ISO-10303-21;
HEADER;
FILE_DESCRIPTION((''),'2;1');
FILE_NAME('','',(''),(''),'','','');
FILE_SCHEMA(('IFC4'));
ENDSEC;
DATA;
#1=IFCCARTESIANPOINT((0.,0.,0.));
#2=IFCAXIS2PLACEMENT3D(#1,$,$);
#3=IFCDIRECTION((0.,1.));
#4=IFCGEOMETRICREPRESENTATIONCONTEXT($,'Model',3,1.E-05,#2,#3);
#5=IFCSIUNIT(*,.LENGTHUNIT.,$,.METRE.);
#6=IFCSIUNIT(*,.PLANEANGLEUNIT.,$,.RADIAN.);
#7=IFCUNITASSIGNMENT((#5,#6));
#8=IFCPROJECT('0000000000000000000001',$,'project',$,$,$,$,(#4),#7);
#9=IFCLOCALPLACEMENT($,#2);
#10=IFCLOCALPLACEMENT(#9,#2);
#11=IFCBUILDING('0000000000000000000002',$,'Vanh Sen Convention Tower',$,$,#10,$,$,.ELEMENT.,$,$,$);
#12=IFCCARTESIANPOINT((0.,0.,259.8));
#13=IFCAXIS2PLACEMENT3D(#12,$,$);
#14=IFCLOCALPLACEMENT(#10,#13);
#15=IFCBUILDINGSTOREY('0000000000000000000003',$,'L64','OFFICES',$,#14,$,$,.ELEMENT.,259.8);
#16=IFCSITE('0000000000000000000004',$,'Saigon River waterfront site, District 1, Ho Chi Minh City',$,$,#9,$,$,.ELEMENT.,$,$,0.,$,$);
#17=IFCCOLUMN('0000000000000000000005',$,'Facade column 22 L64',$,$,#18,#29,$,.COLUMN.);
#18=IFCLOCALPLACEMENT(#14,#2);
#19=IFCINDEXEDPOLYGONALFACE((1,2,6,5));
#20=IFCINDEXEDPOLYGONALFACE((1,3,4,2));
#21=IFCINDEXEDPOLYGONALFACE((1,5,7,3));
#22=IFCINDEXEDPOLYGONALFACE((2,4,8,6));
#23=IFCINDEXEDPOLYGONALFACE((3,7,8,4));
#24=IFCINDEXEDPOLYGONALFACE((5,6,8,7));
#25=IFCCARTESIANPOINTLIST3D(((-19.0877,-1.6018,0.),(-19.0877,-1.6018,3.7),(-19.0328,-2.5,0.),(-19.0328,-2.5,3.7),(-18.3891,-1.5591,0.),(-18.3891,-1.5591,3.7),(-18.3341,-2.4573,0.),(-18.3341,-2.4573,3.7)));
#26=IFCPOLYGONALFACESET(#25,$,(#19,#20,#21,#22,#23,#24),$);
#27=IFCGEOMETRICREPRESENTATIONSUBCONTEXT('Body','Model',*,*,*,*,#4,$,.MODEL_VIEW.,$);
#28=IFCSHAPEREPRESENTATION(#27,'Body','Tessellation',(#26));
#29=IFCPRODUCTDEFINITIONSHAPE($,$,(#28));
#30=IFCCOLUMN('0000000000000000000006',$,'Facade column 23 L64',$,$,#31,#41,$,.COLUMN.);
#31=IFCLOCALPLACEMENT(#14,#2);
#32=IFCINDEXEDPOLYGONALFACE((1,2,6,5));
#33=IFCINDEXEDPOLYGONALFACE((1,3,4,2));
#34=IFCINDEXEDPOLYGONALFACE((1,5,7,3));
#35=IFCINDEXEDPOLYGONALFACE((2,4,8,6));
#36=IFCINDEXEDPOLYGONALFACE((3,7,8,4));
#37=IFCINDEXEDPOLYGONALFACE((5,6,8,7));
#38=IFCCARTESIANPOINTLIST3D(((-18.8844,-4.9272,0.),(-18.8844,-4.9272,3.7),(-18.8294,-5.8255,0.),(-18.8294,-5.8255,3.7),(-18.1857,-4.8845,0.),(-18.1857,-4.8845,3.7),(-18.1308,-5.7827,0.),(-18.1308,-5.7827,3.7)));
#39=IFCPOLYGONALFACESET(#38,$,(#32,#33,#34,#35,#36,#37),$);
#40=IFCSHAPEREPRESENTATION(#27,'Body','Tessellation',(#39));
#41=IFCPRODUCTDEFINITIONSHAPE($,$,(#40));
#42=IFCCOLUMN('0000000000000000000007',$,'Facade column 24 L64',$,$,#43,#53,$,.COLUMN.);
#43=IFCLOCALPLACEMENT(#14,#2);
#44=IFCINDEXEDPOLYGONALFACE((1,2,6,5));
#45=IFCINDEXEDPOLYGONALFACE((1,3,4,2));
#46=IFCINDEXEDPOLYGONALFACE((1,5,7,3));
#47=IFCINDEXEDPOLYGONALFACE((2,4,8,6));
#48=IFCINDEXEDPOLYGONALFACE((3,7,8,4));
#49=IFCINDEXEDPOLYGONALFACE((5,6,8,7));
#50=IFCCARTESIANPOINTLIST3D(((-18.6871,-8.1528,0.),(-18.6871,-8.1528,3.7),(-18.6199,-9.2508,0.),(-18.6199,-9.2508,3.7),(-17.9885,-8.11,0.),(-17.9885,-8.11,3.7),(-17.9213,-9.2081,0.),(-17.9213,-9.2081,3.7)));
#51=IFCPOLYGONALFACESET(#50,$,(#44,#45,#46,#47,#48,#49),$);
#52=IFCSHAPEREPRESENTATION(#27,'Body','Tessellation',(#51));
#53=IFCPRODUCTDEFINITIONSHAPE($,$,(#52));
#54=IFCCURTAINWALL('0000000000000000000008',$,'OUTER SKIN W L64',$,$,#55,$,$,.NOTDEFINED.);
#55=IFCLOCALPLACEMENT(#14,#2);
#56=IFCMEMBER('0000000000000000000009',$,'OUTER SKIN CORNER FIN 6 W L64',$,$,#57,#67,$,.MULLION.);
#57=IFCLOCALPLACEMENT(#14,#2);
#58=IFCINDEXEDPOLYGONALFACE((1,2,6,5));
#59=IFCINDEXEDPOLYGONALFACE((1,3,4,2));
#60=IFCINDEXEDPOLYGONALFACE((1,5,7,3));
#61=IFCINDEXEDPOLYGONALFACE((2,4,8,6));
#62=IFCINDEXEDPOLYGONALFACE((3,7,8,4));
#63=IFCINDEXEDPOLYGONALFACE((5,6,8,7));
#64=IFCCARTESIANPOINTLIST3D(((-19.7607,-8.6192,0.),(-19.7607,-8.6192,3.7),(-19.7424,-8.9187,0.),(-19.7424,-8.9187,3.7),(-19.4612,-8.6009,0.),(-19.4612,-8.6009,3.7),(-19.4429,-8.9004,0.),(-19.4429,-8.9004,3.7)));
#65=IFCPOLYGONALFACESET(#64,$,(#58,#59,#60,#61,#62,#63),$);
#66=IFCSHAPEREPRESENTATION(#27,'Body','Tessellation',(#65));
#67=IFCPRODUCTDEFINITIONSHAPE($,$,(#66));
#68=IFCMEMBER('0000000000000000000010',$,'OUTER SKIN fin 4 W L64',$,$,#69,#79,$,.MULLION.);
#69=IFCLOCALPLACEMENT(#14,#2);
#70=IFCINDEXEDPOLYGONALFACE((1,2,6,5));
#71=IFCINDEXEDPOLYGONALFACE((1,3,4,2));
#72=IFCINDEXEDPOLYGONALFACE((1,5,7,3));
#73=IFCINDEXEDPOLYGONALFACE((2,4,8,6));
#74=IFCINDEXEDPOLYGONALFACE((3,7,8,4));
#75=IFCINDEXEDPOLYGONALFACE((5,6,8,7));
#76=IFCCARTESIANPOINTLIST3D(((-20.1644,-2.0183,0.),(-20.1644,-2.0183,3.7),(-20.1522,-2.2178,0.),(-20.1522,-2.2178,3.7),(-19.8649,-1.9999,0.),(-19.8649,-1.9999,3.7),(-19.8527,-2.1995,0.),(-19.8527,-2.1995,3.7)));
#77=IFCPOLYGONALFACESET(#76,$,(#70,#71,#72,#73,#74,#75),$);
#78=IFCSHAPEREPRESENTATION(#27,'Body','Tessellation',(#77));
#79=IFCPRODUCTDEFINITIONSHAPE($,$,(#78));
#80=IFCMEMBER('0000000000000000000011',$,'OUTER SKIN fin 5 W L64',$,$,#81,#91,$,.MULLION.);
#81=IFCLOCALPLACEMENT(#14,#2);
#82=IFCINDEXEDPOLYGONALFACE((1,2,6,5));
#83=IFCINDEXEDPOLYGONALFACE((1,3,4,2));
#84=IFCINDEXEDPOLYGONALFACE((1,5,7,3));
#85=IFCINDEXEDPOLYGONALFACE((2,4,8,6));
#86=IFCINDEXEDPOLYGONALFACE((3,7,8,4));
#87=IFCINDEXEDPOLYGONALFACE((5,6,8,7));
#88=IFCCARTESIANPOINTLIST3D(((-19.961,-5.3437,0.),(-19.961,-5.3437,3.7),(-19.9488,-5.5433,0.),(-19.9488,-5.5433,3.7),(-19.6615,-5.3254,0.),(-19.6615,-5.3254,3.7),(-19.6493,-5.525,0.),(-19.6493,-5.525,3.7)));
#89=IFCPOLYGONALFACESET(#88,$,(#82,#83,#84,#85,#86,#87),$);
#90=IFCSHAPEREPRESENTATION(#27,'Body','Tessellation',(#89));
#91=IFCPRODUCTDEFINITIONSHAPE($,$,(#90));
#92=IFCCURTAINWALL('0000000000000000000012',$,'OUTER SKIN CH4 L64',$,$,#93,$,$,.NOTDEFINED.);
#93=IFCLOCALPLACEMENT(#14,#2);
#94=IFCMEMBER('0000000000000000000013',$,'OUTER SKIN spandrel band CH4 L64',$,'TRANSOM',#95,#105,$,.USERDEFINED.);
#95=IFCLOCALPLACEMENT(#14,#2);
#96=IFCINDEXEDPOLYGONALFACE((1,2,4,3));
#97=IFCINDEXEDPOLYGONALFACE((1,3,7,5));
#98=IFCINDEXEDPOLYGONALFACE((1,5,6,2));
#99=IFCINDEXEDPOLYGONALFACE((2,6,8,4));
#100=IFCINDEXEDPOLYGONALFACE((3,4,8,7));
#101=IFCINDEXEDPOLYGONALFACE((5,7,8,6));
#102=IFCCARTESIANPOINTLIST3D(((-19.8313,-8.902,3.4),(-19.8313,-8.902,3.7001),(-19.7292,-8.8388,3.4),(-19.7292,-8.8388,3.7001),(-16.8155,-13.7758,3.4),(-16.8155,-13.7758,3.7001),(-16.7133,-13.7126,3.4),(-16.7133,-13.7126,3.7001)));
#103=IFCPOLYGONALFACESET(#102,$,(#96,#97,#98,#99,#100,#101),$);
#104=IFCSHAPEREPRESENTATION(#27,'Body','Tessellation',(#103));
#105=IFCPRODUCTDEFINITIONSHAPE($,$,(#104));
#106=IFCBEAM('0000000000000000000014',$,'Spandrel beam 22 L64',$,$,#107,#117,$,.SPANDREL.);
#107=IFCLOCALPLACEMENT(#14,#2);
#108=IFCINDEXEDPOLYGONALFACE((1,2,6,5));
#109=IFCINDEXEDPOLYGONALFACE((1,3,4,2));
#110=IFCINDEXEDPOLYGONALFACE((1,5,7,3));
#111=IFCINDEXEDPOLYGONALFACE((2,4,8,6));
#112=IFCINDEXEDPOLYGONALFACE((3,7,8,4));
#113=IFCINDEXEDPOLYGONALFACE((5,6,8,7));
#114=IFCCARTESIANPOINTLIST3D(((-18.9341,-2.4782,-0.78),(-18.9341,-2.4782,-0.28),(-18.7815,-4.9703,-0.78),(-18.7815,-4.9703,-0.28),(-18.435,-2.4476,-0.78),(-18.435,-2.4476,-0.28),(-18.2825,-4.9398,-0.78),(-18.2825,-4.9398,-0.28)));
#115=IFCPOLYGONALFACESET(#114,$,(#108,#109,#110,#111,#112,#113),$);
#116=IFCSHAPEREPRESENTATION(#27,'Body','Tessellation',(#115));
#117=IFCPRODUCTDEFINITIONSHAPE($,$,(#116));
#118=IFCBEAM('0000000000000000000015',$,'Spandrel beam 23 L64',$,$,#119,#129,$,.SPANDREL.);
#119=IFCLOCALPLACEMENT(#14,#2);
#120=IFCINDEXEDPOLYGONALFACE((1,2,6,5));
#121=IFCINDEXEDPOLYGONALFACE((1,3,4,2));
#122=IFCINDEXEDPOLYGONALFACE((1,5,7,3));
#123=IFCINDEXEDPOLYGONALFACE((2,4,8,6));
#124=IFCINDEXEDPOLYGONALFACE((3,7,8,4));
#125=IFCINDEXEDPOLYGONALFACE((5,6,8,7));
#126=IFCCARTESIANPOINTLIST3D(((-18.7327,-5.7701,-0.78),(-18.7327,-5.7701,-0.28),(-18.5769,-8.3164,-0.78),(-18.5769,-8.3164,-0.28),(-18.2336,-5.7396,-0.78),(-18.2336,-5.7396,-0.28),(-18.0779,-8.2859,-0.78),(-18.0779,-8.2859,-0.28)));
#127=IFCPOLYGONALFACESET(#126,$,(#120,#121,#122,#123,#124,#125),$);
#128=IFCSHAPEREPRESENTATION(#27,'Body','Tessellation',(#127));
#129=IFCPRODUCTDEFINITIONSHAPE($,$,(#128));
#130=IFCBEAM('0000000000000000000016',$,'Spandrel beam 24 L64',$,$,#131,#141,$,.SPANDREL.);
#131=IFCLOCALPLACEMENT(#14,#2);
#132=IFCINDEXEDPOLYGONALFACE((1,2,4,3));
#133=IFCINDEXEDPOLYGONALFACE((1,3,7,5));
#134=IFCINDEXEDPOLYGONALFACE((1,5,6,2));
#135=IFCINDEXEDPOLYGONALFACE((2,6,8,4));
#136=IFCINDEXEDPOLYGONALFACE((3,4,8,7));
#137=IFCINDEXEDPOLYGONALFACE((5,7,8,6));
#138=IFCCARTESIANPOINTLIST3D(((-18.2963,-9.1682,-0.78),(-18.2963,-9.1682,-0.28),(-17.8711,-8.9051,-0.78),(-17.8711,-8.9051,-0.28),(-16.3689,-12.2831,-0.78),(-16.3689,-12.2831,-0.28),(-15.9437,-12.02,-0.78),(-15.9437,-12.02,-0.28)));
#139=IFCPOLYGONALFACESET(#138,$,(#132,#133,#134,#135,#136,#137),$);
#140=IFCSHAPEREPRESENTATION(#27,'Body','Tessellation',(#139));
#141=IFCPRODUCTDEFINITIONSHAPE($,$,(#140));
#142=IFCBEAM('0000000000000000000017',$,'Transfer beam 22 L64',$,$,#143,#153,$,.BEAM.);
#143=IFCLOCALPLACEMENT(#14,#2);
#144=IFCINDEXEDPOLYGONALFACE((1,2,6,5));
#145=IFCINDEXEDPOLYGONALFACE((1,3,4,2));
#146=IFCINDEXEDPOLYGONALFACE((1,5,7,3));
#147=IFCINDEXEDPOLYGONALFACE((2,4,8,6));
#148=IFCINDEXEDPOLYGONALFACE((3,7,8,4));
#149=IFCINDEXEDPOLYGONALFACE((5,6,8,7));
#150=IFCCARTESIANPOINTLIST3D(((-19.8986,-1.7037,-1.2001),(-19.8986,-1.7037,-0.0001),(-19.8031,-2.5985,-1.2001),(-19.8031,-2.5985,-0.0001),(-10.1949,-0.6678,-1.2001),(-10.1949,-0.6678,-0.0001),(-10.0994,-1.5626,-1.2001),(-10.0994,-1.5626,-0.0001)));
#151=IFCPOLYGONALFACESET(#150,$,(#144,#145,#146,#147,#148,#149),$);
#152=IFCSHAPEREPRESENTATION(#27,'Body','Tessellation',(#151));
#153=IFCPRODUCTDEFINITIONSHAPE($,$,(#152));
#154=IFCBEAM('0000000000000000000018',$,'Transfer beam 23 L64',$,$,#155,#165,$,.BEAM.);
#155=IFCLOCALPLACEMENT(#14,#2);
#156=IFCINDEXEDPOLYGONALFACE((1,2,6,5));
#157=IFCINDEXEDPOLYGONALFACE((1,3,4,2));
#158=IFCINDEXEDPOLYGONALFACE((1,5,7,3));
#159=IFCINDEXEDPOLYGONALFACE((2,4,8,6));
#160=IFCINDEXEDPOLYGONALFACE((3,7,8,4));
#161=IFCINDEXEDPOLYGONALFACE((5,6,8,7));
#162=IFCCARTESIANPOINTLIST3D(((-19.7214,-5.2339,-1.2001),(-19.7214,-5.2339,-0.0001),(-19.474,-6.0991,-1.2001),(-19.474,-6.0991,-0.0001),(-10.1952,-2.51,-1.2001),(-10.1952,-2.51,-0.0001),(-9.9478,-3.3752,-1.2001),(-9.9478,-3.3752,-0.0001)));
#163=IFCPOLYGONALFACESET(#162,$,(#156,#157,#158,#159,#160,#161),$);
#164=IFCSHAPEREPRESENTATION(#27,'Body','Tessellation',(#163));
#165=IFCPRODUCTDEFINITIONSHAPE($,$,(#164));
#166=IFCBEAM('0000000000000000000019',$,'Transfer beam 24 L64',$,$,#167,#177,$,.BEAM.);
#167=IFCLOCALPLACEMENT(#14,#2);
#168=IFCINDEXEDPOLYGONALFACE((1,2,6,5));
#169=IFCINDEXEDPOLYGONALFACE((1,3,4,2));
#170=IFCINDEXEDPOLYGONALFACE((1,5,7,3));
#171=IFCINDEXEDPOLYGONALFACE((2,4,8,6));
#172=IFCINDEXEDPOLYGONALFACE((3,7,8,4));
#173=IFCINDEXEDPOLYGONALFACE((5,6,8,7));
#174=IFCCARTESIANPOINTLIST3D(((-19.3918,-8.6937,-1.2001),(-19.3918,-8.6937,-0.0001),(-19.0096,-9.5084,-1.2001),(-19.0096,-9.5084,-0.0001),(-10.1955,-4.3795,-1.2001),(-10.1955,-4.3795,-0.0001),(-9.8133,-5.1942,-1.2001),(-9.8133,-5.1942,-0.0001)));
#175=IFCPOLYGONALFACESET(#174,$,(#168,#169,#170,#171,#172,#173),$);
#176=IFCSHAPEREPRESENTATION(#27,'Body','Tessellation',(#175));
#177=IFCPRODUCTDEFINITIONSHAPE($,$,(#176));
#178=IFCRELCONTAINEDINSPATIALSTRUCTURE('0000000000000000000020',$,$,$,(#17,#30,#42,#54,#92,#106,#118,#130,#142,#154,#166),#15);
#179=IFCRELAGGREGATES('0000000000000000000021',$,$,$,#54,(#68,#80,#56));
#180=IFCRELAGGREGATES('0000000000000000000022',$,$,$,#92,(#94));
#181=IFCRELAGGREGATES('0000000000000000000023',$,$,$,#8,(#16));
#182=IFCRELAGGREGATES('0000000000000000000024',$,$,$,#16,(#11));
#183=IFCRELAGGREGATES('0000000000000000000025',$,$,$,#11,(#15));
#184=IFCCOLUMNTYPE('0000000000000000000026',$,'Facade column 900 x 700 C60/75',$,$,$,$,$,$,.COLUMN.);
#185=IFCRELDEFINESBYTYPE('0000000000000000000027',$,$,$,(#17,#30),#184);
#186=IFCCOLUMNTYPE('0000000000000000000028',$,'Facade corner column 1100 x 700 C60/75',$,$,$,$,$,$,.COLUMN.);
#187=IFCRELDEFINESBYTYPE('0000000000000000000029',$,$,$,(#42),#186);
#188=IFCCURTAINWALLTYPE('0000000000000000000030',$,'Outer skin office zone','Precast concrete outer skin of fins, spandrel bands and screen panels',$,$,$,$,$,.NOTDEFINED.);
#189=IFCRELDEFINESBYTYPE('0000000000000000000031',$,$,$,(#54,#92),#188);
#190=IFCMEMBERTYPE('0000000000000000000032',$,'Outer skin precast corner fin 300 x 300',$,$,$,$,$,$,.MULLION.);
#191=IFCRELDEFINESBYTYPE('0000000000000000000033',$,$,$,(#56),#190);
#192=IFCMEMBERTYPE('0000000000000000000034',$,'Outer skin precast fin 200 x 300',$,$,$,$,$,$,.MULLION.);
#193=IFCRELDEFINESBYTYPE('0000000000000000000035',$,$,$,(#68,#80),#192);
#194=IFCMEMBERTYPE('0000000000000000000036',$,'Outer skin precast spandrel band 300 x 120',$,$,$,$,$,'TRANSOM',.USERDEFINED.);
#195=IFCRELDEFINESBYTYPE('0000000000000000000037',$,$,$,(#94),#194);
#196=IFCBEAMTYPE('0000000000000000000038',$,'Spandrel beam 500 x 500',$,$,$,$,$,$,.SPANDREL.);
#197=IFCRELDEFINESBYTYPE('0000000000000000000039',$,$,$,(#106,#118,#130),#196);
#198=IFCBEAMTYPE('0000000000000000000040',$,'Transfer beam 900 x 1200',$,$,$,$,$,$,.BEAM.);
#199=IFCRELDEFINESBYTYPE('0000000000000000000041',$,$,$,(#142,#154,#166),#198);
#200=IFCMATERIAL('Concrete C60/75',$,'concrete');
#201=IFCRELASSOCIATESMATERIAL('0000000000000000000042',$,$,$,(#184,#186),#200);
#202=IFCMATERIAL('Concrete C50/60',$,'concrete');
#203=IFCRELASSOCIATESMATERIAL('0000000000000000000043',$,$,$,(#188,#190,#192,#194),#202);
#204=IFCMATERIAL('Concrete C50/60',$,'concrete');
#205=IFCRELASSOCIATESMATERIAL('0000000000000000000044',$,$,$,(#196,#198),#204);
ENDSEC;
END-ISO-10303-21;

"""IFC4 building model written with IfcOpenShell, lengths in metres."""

from ifc_helpers import new_model, si_unit, direction, frame, origin, origin_2d, place, context, subcontext, project, spatial, rectangle, extrude, material, material_profile, profile_set, type_object, element, aggregate, save


model = new_model("IFC4")

# Units and contexts
model_context = context("Model", 3, precision=1e-05, world=origin(), true_north=direction((0.0, 1.0)))
body_context = subcontext(model_context, "Body", "Model", "MODEL_VIEW")
ifc_project = project(units=[si_unit("LENGTHUNIT", "METRE"), si_unit("PLANEANGLEUNIT", "RADIAN")], contexts=[model_context])

# Site, building, storey
site_placement = place(None, origin())
site = spatial("IfcSite", under=ifc_project, at=site_placement, Name="Saigon River waterfront site, District 1, Ho Chi Minh City", CompositionType="ELEMENT", RefElevation=0.0)
building_placement = place(site_placement, origin())
building = spatial("IfcBuilding", under=site, at=building_placement, Name="Vanh Sen Convention Tower", CompositionType="ELEMENT")
storey_placement = place(building_placement, frame((0.0, 0.0, 259.8)))
storey = spatial("IfcBuildingStorey", under=building, at=storey_placement, Name="L64", Description="OFFICES", CompositionType="ELEMENT", Elevation=259.8)

# Columns
ifc_material_1 = material(Name="Concrete C60/75", Category="concrete")
ifc_material_profile_1 = material_profile(ifc_material_1, rectangle(XDim=0.8999, YDim=0.7, at=origin_2d()), Name="RC 900X700")
ifc_profile_set_1 = profile_set([ifc_material_profile_1], Name="Concrete C60/75")
column_type_1 = type_object("IfcColumnType", Name="Facade column 900 x 700 C60/75", PredefinedType="COLUMN", material=ifc_profile_set_1)
for number, where, z_axis, x_axis, name in (
    (1, (-18.7109, -2.0295, 0.0), (0.0, 0.0, 1.0), (0.061049, -0.998135, 0.0), "Facade column 22 L64"),
    (2, (-18.5076, -5.355, 0.0), (0.0, 0.0, 1.0), (0.061049, -0.998135, 0.0), "Facade column 23 L64"),
):
    element("IfcColumn", number, at=place(storey_placement, frame(where, z_axis=z_axis, x_axis=x_axis)), inside=storey, type_object=column_type_1, Name=name, PredefinedType="COLUMN", context=body_context, shape_type="SweptSolid", body=[
        extrude(rectangle(XDim=0.8999, YDim=0.7, at=origin_2d()), origin(), (0.0, 0.0, 1.0), 3.7),
    ])
ifc_material_profile_2 = material_profile(ifc_material_1, rectangle(XDim=1.1001, YDim=0.7, at=origin_2d()), Name="RC 1100X700")
ifc_profile_set_2 = profile_set([ifc_material_profile_2], Name="Concrete C60/75")
column_type_2 = type_object("IfcColumnType", Name="Facade corner column 1100 x 700 C60/75", PredefinedType="COLUMN", material=ifc_profile_set_2)
column_placement = place(storey_placement, frame((-18.3042, -8.6804, 0.0), z_axis=(0.0, 0.0, 1.0), x_axis=(0.061049, -0.998135, 0.0)))
element("IfcColumn", 3, at=column_placement, inside=storey, type_object=column_type_2, Name="Facade column 24 L64", PredefinedType="COLUMN", context=body_context, shape_type="SweptSolid", body=[
    extrude(rectangle(XDim=1.1001, YDim=0.7, at=origin_2d()), origin(), (0.0, 0.0, 1.0), 3.7),
])

# Curtain wall, members
ifc_material_2 = material(Name="Concrete C50/60", Category="concrete")
curtain_wall_type = type_object("IfcCurtainWallType", Name="Outer skin office zone", Description="Precast concrete outer skin of fins, spandrel bands and screen panels", PredefinedType="NOTDEFINED", material=ifc_material_2)
curtain_wall_1_placement = place(storey_placement, origin())
curtain_wall_1 = element("IfcCurtainWall", 4, at=curtain_wall_1_placement, inside=storey, type_object=curtain_wall_type, Name="OUTER SKIN W L64", PredefinedType="NOTDEFINED")
ifc_material_profile_3 = material_profile(ifc_material_2, rectangle(XDim=0.3, YDim=0.3, at=origin_2d()), Name="Outer skin precast corner fin 300 x 300")
ifc_profile_set_3 = profile_set([ifc_material_profile_3], Name="Concrete C50/60")
member_type_1 = type_object("IfcMemberType", Name="Outer skin precast corner fin 300 x 300", PredefinedType="MULLION", material=ifc_profile_set_3)
member_1_placement = place(storey_placement, frame((-19.6018, -8.7598, 0.0), z_axis=(0.0, 0.0, 1.0), x_axis=(0.061049, -0.998135, 0.0)))
member_1 = element("IfcMember", 5, at=member_1_placement, type_object=member_type_1, Name="OUTER SKIN CORNER FIN 6 W L64", PredefinedType="MULLION", context=body_context, shape_type="SweptSolid", body=[
    extrude(rectangle(XDim=0.3, YDim=0.3, at=origin_2d()), origin(), (0.0, 0.0, 1.0), 3.7),
])
ifc_material_profile_4 = material_profile(ifc_material_2, rectangle(XDim=0.2, YDim=0.3, at=origin_2d()), Name="Outer skin precast fin 200 x 300")
ifc_profile_set_4 = profile_set([ifc_material_profile_4], Name="Concrete C50/60")
member_type_2 = type_object("IfcMemberType", Name="Outer skin precast fin 200 x 300", PredefinedType="MULLION", material=ifc_profile_set_4)
member_2_placement = place(storey_placement, frame((-20.0085, -2.1089, 0.0), z_axis=(0.0, 0.0, 1.0), x_axis=(0.061049, -0.998135, 0.0)))
member_2 = element("IfcMember", 6, at=member_2_placement, type_object=member_type_2, Name="OUTER SKIN fin 4 W L64", PredefinedType="MULLION", context=body_context, shape_type="SweptSolid", body=[
    extrude(rectangle(XDim=0.2, YDim=0.3, at=origin_2d()), origin(), (0.0, 0.0, 1.0), 3.7),
])
member_3_placement = place(storey_placement, frame((-19.8052, -5.4343, 0.0), z_axis=(0.0, 0.0, 1.0), x_axis=(0.061049, -0.998135, 0.0)))
member_3 = element("IfcMember", 7, at=member_3_placement, type_object=member_type_2, Name="OUTER SKIN fin 5 W L64", PredefinedType="MULLION", context=body_context, shape_type="SweptSolid", body=[
    extrude(rectangle(XDim=0.2, YDim=0.3, at=origin_2d()), origin(), (0.0, 0.0, 1.0), 3.7),
])

# Curtain wall, member
curtain_wall_2_placement = place(storey_placement, origin())
curtain_wall_2 = element("IfcCurtainWall", 8, at=curtain_wall_2_placement, inside=storey, type_object=curtain_wall_type, Name="OUTER SKIN CH4 L64", PredefinedType="NOTDEFINED")
ifc_material_profile_5 = material_profile(ifc_material_2, rectangle(XDim=0.1201, YDim=0.3, at=origin_2d()), Name="Outer skin precast spandrel band 300 x 120")
ifc_profile_set_5 = profile_set([ifc_material_profile_5], Name="Concrete C50/60")
member_type_3 = type_object("IfcMemberType", Name="Outer skin precast spandrel band 300 x 120", ElementType="TRANSOM", PredefinedType="USERDEFINED", material=ifc_profile_set_5)
member_4_placement = place(storey_placement, frame((-19.7803, -8.8704, 3.55), z_axis=(0.526199, -0.850361, 0.0), x_axis=(0.850361, 0.526199, 0.0)))
member_4 = element("IfcMember", 9, at=member_4_placement, type_object=member_type_3, Name="OUTER SKIN spandrel band CH4 L64", ObjectType="TRANSOM", PredefinedType="USERDEFINED", context=body_context, shape_type="SweptSolid", body=[
    extrude(rectangle(XDim=0.1201, YDim=0.3, at=origin_2d()), origin(), (0.0, 0.0, 1.0), 5.7314),
])

# Beams
ifc_material_3 = material(Name="Concrete C50/60", Category="concrete")
ifc_material_profile_6 = material_profile(ifc_material_3, rectangle(XDim=0.5, YDim=0.5, at=origin_2d()), Name="RC 500X500")
ifc_profile_set_6 = profile_set([ifc_material_profile_6], Name="Concrete C50/60")
beam_type_1 = type_object("IfcBeamType", Name="Spandrel beam 500 x 500", PredefinedType="SPANDREL", material=ifc_profile_set_6)
beam_1_placement = place(storey_placement, frame((-18.6846, -2.4629, -0.53), z_axis=(0.061112, -0.998131, 0.0), x_axis=(0.998131, 0.061112, 0.0)))
element("IfcBeam", 10, at=beam_1_placement, inside=storey, type_object=beam_type_1, Name="Spandrel beam 22 L64", PredefinedType="SPANDREL", context=body_context, shape_type="SweptSolid", body=[
    extrude(rectangle(XDim=0.5, YDim=0.5, at=origin_2d()), origin(), (0.0, 0.0, 1.0), 2.4968),
])
beam_2_placement = place(storey_placement, frame((-18.4832, -5.7549, -0.53), z_axis=(0.061056, -0.998134, 0.0), x_axis=(0.998134, 0.061056, 0.0)))
element("IfcBeam", 11, at=beam_2_placement, inside=storey, type_object=beam_type_1, Name="Spandrel beam 23 L64", PredefinedType="SPANDREL", context=body_context, shape_type="SweptSolid", body=[
    extrude(rectangle(XDim=0.5, YDim=0.5, at=origin_2d()), origin(), (0.0, 0.0, 1.0), 2.551),
])
beam_3_placement = place(storey_placement, frame((-18.0837, -9.0366, -0.53), z_axis=(0.526189, -0.850367, 0.0), x_axis=(0.850367, 0.526189, 0.0)))
element("IfcBeam", 12, at=beam_3_placement, inside=storey, type_object=beam_type_1, Name="Spandrel beam 24 L64", PredefinedType="SPANDREL", context=body_context, shape_type="SweptSolid", body=[
    extrude(rectangle(XDim=0.5, YDim=0.5, at=origin_2d()), origin(), (0.0, 0.0, 1.0), 3.6631),
])
ifc_material_profile_7 = material_profile(ifc_material_3, rectangle(XDim=0.8999, YDim=1.2, at=origin_2d()), Name="RC 900X1200")
ifc_profile_set_7 = profile_set([ifc_material_profile_7], Name="Concrete C50/60")
beam_type_2 = type_object("IfcBeamType", Name="Transfer beam 900 x 1200", PredefinedType="BEAM", material=ifc_profile_set_7)
beam_4_placement = place(storey_placement, frame((-19.8508, -2.1511, -0.6001), z_axis=(0.99435, 0.10615, 0.0), x_axis=(-0.10615, 0.99435, 0.0)))
element("IfcBeam", 13, at=beam_4_placement, inside=storey, type_object=beam_type_2, Name="Transfer beam 22 L64", PredefinedType="BEAM", context=body_context, shape_type="SweptSolid", body=[
    extrude(rectangle(XDim=0.8999, YDim=1.2, at=origin_2d()), origin(), (0.0, 0.0, 1.0), 9.7588),
])
beam_5_placement = place(storey_placement, frame((-19.5977, -5.6665, -0.6001), z_axis=(0.961467, 0.27492, 0.0), x_axis=(-0.27492, 0.961467, 0.0)))
element("IfcBeam", 14, at=beam_5_placement, inside=storey, type_object=beam_type_2, Name="Transfer beam 23 L64", PredefinedType="BEAM", context=body_context, shape_type="SweptSolid", body=[
    extrude(rectangle(XDim=0.8999, YDim=1.2, at=origin_2d()), origin(), (0.0, 0.0, 1.0), 9.908),
])
beam_6_placement = place(storey_placement, frame((-19.2007, -9.1011, -0.6001), z_axis=(0.905328, 0.424712, 0.0), x_axis=(-0.424712, 0.905328, 0.0)))
element("IfcBeam", 15, at=beam_6_placement, inside=storey, type_object=beam_type_2, Name="Transfer beam 24 L64", PredefinedType="BEAM", context=body_context, shape_type="SweptSolid", body=[
    extrude(rectangle(XDim=0.8999, YDim=1.2, at=origin_2d()), origin(), (0.0, 0.0, 1.0), 10.158),
])

aggregate(curtain_wall_1, [member_2, member_3, member_1])
aggregate(curtain_wall_2, [member_4])

save(model, "model.ifc")
